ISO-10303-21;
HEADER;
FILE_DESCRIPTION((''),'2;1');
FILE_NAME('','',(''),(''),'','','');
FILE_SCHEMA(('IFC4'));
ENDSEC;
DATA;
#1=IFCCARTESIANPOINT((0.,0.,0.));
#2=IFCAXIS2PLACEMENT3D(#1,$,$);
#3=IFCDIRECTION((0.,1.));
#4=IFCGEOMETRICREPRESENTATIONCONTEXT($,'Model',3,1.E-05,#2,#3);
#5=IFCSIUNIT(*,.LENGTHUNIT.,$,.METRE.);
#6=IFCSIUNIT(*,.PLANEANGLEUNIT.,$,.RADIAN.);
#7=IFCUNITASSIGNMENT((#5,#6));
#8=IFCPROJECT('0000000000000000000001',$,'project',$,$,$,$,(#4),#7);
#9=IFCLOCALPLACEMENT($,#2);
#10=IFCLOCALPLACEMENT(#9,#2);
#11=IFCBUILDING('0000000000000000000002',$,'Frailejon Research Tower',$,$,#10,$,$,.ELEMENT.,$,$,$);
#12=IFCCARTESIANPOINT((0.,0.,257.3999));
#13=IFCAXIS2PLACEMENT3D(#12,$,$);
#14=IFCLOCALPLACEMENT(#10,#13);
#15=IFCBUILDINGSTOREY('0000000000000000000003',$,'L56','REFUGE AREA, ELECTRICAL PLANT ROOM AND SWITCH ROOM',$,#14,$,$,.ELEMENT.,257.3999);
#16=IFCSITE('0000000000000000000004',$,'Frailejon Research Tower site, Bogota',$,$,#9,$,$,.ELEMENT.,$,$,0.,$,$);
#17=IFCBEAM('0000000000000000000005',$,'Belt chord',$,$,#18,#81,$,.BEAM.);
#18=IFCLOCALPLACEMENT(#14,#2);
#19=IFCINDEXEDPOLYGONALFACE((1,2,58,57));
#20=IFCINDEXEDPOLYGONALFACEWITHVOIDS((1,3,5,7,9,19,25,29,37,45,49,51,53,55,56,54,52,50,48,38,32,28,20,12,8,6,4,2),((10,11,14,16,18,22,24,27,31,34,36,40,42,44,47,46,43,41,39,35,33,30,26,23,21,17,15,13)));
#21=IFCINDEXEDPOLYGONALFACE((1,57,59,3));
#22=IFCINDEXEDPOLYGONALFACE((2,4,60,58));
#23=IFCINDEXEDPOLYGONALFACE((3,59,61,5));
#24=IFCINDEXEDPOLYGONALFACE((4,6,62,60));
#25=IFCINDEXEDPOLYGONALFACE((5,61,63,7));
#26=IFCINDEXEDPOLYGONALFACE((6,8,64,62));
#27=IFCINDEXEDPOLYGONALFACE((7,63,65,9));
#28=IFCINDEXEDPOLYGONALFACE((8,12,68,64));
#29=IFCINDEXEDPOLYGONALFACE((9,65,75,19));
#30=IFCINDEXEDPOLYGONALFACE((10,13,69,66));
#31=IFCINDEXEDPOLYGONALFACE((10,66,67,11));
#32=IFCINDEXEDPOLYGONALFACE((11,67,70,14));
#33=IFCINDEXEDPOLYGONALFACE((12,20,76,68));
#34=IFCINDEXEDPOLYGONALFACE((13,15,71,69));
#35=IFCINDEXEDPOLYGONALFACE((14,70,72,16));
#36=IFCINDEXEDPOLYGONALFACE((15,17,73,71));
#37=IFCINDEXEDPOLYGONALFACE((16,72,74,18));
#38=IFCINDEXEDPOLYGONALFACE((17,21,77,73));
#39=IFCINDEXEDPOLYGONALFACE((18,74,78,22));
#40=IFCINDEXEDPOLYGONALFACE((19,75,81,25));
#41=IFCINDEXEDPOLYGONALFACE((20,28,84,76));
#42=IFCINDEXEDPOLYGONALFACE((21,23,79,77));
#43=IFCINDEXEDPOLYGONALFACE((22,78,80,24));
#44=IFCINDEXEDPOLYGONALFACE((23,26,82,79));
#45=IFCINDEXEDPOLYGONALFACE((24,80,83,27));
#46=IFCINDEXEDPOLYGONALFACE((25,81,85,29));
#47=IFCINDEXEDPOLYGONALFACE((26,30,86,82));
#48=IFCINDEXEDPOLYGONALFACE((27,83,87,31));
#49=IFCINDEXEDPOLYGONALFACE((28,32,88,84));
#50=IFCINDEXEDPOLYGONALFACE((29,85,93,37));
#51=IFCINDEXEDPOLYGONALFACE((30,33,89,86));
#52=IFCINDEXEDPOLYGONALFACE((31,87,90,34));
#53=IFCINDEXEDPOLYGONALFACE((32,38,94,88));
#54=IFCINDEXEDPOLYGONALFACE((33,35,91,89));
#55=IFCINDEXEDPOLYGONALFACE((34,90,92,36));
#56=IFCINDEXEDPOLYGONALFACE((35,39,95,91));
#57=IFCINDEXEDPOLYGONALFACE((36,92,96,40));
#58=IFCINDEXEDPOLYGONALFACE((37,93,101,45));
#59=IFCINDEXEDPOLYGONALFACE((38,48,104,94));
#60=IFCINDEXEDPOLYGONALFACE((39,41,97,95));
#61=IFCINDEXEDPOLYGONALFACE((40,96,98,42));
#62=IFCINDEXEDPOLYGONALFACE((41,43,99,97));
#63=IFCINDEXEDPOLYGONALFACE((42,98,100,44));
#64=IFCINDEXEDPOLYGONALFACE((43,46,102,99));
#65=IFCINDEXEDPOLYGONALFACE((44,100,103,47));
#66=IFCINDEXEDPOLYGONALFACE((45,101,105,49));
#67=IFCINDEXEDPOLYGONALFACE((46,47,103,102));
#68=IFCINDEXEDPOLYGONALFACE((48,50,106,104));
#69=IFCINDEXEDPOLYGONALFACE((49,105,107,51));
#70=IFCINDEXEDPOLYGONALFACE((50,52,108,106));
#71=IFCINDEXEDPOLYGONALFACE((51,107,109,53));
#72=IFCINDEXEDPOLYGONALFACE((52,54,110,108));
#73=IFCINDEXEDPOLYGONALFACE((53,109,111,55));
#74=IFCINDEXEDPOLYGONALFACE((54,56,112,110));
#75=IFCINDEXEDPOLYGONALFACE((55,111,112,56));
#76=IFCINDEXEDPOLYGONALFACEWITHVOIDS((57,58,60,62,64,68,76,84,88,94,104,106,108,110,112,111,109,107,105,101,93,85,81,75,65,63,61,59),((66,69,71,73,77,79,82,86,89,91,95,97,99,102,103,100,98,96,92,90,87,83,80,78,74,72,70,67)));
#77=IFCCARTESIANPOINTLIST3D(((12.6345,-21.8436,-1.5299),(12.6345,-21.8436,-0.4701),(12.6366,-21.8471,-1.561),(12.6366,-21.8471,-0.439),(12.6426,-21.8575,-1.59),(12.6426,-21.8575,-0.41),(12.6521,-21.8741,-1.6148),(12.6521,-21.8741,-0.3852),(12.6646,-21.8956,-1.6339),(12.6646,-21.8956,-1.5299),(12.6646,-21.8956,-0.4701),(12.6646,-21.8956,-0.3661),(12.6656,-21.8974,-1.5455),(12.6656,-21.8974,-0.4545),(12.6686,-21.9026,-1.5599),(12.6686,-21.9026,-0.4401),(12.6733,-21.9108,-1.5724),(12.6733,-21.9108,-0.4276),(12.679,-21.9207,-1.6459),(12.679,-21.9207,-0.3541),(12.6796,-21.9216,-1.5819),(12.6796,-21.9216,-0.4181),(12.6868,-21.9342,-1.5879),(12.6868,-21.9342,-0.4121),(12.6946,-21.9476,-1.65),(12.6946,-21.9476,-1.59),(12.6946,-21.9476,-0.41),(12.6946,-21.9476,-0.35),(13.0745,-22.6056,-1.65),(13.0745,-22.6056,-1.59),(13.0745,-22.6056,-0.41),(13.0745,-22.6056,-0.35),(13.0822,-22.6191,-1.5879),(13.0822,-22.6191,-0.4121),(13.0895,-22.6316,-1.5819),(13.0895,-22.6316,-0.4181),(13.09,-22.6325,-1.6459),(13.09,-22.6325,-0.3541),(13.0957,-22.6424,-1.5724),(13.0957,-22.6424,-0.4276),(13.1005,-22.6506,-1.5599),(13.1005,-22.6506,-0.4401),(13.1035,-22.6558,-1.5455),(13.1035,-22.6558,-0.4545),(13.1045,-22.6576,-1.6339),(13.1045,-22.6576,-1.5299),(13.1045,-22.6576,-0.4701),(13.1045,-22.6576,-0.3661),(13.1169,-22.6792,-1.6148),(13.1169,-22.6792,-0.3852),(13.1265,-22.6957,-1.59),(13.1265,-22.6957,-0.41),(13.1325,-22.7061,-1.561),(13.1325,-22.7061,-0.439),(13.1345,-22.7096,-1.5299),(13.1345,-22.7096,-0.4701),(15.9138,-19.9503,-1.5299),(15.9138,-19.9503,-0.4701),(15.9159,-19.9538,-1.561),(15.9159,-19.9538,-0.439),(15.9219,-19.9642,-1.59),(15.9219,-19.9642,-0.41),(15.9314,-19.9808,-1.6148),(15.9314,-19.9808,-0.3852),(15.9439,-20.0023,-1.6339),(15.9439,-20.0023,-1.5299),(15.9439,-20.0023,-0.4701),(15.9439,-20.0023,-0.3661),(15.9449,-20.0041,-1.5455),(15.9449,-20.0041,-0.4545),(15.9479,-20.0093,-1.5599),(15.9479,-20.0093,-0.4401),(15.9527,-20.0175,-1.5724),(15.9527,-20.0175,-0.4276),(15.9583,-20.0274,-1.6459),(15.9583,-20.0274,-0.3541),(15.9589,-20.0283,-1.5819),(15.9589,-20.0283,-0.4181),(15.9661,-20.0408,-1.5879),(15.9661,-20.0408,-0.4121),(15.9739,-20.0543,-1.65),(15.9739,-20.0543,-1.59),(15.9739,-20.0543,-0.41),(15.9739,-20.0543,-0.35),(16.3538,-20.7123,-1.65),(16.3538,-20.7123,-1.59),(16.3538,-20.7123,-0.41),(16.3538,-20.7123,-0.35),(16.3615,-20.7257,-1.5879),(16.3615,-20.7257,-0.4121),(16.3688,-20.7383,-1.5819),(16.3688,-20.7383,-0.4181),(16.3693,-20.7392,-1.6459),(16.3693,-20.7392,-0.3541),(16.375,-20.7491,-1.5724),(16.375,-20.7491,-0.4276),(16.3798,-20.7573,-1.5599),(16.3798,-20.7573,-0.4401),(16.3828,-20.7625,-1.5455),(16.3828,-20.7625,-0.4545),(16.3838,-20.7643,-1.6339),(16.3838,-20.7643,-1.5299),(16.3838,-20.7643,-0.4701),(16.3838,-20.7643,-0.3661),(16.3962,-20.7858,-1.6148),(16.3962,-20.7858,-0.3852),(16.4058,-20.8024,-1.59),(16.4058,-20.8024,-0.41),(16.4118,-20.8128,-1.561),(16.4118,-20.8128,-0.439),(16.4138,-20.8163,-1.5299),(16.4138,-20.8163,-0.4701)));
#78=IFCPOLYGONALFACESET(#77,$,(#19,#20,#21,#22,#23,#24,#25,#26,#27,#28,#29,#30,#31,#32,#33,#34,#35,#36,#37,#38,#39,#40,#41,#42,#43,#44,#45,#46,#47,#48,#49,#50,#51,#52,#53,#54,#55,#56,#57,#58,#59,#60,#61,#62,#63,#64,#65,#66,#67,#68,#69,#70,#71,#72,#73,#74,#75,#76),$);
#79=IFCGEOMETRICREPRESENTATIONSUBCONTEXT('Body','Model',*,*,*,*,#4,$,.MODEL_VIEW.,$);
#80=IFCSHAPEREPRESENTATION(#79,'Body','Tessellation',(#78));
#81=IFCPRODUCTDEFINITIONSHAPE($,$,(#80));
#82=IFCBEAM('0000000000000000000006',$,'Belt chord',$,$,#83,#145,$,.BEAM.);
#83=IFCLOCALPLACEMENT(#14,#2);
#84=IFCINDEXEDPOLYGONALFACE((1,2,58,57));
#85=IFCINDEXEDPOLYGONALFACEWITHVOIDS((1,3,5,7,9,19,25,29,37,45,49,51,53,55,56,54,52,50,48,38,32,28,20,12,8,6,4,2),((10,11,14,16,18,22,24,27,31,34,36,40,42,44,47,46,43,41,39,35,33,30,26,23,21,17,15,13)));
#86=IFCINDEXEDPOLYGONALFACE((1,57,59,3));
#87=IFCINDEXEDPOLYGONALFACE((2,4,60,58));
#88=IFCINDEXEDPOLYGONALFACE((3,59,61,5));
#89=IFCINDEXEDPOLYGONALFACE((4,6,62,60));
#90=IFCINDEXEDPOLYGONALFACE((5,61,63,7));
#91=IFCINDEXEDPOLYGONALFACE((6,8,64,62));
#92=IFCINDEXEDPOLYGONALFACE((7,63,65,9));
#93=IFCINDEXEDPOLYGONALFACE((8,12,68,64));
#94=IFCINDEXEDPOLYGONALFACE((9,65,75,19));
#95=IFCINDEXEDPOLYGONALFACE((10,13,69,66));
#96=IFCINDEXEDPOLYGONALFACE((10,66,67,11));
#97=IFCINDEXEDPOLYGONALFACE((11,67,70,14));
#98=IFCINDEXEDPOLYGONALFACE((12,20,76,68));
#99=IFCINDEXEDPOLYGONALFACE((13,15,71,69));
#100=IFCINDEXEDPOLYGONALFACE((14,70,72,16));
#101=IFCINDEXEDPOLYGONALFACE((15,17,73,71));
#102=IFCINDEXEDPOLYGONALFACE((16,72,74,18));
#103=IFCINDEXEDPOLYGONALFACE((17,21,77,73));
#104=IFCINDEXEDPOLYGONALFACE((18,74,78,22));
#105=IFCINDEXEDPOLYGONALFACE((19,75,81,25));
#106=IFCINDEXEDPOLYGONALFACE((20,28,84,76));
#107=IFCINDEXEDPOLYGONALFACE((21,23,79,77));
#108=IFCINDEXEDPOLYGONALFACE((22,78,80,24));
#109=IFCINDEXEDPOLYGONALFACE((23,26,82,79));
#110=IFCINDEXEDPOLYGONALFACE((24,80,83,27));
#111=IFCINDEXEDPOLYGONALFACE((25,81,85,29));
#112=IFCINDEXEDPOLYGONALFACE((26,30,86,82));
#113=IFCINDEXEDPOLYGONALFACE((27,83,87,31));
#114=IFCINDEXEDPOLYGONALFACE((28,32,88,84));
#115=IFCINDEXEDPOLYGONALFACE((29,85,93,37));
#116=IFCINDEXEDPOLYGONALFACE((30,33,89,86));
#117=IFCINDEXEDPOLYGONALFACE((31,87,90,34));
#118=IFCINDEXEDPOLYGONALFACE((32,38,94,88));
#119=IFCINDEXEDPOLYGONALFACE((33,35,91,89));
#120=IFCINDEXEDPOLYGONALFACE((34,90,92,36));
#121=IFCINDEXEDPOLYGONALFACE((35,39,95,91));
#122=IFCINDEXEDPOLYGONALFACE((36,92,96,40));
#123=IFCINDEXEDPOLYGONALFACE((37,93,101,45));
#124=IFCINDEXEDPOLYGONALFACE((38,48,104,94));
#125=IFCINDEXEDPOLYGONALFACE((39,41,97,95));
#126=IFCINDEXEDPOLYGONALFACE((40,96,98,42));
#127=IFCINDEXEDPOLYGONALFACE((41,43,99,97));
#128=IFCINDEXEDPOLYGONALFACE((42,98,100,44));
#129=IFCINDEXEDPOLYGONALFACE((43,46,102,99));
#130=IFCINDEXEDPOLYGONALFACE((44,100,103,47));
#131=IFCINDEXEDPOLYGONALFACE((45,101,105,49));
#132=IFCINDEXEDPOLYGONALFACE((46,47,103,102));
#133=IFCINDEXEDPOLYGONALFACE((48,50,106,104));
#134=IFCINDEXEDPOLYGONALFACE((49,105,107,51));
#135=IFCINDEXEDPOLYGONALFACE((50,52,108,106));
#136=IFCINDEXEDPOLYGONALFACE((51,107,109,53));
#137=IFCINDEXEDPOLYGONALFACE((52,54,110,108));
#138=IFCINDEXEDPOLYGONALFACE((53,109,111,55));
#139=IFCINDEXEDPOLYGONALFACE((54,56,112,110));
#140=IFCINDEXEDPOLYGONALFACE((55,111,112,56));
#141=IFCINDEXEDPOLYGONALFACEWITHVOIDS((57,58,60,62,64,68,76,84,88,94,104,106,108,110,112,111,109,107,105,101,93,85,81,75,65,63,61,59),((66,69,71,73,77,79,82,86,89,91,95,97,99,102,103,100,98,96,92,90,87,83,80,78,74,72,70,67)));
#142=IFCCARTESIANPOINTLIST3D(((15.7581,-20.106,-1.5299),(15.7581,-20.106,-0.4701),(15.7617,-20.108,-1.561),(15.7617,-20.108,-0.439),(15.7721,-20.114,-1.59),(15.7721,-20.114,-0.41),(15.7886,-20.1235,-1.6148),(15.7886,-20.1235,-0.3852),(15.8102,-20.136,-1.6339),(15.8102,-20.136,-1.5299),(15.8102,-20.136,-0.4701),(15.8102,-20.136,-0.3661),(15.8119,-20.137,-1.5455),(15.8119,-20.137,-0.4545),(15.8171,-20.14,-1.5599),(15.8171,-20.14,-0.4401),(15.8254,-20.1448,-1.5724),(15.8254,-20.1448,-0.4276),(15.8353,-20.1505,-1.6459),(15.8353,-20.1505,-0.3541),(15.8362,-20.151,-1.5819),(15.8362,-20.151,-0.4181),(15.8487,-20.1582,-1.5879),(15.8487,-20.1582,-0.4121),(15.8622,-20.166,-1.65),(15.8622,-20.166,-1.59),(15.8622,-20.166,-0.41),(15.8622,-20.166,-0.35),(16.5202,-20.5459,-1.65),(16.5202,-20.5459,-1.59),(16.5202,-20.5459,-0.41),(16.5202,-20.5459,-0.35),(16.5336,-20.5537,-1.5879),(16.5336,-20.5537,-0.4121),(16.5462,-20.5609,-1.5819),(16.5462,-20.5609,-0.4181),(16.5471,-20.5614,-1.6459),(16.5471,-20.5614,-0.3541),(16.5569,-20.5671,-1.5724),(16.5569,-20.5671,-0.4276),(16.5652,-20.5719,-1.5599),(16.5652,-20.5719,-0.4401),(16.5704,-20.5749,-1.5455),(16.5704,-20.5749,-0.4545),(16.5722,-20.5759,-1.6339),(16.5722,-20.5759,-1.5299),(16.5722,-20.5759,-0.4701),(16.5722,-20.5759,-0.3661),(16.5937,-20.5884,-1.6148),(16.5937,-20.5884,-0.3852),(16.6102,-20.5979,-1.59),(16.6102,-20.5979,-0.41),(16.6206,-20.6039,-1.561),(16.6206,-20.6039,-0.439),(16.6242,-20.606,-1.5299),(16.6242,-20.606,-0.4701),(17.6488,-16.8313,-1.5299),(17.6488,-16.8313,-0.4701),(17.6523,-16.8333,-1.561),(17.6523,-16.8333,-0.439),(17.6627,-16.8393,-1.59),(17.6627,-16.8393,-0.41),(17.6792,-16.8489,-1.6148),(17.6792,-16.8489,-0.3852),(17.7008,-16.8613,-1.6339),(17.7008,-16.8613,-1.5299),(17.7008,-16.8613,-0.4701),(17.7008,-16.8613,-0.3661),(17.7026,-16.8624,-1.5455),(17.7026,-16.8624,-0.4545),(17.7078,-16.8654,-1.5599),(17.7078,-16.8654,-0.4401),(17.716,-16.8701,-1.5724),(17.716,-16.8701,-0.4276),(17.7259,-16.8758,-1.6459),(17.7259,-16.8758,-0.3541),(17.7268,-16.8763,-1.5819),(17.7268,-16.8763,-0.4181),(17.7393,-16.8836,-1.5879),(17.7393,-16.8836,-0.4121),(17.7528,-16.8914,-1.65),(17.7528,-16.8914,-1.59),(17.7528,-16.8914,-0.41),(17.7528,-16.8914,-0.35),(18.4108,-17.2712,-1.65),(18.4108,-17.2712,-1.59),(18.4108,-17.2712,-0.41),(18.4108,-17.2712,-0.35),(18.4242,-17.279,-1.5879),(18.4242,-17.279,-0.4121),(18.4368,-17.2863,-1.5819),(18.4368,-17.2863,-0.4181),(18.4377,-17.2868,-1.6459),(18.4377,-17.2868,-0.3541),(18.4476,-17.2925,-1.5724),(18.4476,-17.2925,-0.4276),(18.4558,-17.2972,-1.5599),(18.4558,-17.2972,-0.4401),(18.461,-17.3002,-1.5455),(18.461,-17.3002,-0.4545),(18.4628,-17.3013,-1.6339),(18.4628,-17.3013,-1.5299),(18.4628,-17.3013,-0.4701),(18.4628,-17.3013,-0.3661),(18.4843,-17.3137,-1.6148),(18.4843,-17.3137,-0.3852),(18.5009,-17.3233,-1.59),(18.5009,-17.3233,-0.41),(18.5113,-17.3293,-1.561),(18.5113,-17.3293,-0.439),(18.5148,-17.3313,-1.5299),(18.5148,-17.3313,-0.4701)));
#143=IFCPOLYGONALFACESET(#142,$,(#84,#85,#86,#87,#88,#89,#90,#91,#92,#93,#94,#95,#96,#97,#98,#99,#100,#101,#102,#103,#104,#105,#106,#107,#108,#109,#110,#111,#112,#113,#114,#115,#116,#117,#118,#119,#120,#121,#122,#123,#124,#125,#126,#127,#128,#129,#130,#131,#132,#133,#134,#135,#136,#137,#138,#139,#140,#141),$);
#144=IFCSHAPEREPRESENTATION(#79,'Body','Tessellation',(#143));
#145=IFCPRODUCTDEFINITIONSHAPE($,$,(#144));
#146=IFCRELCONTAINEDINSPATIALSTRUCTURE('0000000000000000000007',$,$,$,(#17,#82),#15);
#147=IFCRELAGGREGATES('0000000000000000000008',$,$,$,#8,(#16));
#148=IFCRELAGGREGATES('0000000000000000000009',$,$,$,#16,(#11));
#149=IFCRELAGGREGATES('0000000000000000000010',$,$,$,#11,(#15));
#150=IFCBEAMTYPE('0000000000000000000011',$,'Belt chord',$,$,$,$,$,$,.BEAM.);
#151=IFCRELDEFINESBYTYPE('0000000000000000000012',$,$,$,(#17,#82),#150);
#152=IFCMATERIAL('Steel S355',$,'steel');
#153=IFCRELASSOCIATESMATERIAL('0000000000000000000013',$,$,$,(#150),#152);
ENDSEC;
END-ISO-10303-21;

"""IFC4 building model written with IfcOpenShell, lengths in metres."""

from ifc_helpers import new_model, si_unit, direction, frame, origin, origin_2d, place, context, subcontext, project, spatial, hollow_rectangle, extrude, material, material_profile, profile_set, type_object, element, save


model = new_model("IFC4")

# Units and contexts
model_context = context("Model", 3, precision=1e-05, world=origin(), true_north=direction((0.0, 1.0)))
body_context = subcontext(model_context, "Body", "Model", "MODEL_VIEW")
ifc_project = project(units=[si_unit("LENGTHUNIT", "METRE"), si_unit("PLANEANGLEUNIT", "RADIAN")], contexts=[model_context])

# Site, building, storey
site_placement = place(None, origin())
site = spatial("IfcSite", under=ifc_project, at=site_placement, Name="Frailejon Research Tower site, Bogota", CompositionType="ELEMENT", RefElevation=0.0)
building_placement = place(site_placement, origin())
building = spatial("IfcBuilding", under=site, at=building_placement, Name="Frailejon Research Tower", CompositionType="ELEMENT")
storey_placement = place(building_placement, frame((0.0, 0.0, 257.3999)))
storey = spatial("IfcBuildingStorey", under=building, at=storey_placement, Name="L56", Description="REFUGE AREA, ELECTRICAL PLANT ROOM AND SWITCH ROOM", CompositionType="ELEMENT", Elevation=257.3999)

# Beams
ifc_material_1 = material(Name="Steel S355", Category="steel")
ifc_material_profile_1 = material_profile(ifc_material_1, hollow_rectangle(XDim=1.0, YDim=1.3, WallThickness=0.0601, InnerFilletRadius=0.0601, OuterFilletRadius=0.1201, at=origin_2d()), Name="Belt chord")
ifc_profile_set_1 = profile_set([ifc_material_profile_1], Name="Steel S355")
beam_type_1 = type_object("IfcBeamType", Name="Belt chord", PredefinedType="BEAM", material=ifc_profile_set_1)
for number, where, z_axis, x_axis, name in (
    (1, (12.8845, -22.2766, -1.0), (0.866025, 0.500002, 0.0), (-0.500002, 0.866025, 0.0), "Belt chord"),
):
    element("IfcBeam", number, at=place(storey_placement, frame(where, z_axis=z_axis, x_axis=x_axis)), inside=storey, type_object=beam_type_1, Name=name, PredefinedType="BEAM", context=body_context, shape_type="SweptSolid", body=[
        extrude(hollow_rectangle(XDim=1.0, YDim=1.3, WallThickness=0.0601, InnerFilletRadius=0.0601, OuterFilletRadius=0.1201, at=origin_2d()), origin(), (0.0, 0.0, 1.0), 3.7866),
    ])
for number, where, z_axis, x_axis, name in (
    (2, (16.1912, -20.356, -1.0), (0.5, 0.866025, 0.0), (-0.866025, 0.5, 0.0), "Belt chord"),
):
    element("IfcBeam", number, at=place(storey_placement, frame(where, z_axis=z_axis, x_axis=x_axis)), inside=storey, type_object=beam_type_1, Name=name, PredefinedType="BEAM", context=body_context, shape_type="SweptSolid", body=[
        extrude(hollow_rectangle(XDim=1.0, YDim=1.3, WallThickness=0.0601, InnerFilletRadius=0.0601, OuterFilletRadius=0.1201, at=origin_2d()), origin(), (0.0, 0.0, 1.0), 3.7812),
    ])

save(model, "model.ifc")
